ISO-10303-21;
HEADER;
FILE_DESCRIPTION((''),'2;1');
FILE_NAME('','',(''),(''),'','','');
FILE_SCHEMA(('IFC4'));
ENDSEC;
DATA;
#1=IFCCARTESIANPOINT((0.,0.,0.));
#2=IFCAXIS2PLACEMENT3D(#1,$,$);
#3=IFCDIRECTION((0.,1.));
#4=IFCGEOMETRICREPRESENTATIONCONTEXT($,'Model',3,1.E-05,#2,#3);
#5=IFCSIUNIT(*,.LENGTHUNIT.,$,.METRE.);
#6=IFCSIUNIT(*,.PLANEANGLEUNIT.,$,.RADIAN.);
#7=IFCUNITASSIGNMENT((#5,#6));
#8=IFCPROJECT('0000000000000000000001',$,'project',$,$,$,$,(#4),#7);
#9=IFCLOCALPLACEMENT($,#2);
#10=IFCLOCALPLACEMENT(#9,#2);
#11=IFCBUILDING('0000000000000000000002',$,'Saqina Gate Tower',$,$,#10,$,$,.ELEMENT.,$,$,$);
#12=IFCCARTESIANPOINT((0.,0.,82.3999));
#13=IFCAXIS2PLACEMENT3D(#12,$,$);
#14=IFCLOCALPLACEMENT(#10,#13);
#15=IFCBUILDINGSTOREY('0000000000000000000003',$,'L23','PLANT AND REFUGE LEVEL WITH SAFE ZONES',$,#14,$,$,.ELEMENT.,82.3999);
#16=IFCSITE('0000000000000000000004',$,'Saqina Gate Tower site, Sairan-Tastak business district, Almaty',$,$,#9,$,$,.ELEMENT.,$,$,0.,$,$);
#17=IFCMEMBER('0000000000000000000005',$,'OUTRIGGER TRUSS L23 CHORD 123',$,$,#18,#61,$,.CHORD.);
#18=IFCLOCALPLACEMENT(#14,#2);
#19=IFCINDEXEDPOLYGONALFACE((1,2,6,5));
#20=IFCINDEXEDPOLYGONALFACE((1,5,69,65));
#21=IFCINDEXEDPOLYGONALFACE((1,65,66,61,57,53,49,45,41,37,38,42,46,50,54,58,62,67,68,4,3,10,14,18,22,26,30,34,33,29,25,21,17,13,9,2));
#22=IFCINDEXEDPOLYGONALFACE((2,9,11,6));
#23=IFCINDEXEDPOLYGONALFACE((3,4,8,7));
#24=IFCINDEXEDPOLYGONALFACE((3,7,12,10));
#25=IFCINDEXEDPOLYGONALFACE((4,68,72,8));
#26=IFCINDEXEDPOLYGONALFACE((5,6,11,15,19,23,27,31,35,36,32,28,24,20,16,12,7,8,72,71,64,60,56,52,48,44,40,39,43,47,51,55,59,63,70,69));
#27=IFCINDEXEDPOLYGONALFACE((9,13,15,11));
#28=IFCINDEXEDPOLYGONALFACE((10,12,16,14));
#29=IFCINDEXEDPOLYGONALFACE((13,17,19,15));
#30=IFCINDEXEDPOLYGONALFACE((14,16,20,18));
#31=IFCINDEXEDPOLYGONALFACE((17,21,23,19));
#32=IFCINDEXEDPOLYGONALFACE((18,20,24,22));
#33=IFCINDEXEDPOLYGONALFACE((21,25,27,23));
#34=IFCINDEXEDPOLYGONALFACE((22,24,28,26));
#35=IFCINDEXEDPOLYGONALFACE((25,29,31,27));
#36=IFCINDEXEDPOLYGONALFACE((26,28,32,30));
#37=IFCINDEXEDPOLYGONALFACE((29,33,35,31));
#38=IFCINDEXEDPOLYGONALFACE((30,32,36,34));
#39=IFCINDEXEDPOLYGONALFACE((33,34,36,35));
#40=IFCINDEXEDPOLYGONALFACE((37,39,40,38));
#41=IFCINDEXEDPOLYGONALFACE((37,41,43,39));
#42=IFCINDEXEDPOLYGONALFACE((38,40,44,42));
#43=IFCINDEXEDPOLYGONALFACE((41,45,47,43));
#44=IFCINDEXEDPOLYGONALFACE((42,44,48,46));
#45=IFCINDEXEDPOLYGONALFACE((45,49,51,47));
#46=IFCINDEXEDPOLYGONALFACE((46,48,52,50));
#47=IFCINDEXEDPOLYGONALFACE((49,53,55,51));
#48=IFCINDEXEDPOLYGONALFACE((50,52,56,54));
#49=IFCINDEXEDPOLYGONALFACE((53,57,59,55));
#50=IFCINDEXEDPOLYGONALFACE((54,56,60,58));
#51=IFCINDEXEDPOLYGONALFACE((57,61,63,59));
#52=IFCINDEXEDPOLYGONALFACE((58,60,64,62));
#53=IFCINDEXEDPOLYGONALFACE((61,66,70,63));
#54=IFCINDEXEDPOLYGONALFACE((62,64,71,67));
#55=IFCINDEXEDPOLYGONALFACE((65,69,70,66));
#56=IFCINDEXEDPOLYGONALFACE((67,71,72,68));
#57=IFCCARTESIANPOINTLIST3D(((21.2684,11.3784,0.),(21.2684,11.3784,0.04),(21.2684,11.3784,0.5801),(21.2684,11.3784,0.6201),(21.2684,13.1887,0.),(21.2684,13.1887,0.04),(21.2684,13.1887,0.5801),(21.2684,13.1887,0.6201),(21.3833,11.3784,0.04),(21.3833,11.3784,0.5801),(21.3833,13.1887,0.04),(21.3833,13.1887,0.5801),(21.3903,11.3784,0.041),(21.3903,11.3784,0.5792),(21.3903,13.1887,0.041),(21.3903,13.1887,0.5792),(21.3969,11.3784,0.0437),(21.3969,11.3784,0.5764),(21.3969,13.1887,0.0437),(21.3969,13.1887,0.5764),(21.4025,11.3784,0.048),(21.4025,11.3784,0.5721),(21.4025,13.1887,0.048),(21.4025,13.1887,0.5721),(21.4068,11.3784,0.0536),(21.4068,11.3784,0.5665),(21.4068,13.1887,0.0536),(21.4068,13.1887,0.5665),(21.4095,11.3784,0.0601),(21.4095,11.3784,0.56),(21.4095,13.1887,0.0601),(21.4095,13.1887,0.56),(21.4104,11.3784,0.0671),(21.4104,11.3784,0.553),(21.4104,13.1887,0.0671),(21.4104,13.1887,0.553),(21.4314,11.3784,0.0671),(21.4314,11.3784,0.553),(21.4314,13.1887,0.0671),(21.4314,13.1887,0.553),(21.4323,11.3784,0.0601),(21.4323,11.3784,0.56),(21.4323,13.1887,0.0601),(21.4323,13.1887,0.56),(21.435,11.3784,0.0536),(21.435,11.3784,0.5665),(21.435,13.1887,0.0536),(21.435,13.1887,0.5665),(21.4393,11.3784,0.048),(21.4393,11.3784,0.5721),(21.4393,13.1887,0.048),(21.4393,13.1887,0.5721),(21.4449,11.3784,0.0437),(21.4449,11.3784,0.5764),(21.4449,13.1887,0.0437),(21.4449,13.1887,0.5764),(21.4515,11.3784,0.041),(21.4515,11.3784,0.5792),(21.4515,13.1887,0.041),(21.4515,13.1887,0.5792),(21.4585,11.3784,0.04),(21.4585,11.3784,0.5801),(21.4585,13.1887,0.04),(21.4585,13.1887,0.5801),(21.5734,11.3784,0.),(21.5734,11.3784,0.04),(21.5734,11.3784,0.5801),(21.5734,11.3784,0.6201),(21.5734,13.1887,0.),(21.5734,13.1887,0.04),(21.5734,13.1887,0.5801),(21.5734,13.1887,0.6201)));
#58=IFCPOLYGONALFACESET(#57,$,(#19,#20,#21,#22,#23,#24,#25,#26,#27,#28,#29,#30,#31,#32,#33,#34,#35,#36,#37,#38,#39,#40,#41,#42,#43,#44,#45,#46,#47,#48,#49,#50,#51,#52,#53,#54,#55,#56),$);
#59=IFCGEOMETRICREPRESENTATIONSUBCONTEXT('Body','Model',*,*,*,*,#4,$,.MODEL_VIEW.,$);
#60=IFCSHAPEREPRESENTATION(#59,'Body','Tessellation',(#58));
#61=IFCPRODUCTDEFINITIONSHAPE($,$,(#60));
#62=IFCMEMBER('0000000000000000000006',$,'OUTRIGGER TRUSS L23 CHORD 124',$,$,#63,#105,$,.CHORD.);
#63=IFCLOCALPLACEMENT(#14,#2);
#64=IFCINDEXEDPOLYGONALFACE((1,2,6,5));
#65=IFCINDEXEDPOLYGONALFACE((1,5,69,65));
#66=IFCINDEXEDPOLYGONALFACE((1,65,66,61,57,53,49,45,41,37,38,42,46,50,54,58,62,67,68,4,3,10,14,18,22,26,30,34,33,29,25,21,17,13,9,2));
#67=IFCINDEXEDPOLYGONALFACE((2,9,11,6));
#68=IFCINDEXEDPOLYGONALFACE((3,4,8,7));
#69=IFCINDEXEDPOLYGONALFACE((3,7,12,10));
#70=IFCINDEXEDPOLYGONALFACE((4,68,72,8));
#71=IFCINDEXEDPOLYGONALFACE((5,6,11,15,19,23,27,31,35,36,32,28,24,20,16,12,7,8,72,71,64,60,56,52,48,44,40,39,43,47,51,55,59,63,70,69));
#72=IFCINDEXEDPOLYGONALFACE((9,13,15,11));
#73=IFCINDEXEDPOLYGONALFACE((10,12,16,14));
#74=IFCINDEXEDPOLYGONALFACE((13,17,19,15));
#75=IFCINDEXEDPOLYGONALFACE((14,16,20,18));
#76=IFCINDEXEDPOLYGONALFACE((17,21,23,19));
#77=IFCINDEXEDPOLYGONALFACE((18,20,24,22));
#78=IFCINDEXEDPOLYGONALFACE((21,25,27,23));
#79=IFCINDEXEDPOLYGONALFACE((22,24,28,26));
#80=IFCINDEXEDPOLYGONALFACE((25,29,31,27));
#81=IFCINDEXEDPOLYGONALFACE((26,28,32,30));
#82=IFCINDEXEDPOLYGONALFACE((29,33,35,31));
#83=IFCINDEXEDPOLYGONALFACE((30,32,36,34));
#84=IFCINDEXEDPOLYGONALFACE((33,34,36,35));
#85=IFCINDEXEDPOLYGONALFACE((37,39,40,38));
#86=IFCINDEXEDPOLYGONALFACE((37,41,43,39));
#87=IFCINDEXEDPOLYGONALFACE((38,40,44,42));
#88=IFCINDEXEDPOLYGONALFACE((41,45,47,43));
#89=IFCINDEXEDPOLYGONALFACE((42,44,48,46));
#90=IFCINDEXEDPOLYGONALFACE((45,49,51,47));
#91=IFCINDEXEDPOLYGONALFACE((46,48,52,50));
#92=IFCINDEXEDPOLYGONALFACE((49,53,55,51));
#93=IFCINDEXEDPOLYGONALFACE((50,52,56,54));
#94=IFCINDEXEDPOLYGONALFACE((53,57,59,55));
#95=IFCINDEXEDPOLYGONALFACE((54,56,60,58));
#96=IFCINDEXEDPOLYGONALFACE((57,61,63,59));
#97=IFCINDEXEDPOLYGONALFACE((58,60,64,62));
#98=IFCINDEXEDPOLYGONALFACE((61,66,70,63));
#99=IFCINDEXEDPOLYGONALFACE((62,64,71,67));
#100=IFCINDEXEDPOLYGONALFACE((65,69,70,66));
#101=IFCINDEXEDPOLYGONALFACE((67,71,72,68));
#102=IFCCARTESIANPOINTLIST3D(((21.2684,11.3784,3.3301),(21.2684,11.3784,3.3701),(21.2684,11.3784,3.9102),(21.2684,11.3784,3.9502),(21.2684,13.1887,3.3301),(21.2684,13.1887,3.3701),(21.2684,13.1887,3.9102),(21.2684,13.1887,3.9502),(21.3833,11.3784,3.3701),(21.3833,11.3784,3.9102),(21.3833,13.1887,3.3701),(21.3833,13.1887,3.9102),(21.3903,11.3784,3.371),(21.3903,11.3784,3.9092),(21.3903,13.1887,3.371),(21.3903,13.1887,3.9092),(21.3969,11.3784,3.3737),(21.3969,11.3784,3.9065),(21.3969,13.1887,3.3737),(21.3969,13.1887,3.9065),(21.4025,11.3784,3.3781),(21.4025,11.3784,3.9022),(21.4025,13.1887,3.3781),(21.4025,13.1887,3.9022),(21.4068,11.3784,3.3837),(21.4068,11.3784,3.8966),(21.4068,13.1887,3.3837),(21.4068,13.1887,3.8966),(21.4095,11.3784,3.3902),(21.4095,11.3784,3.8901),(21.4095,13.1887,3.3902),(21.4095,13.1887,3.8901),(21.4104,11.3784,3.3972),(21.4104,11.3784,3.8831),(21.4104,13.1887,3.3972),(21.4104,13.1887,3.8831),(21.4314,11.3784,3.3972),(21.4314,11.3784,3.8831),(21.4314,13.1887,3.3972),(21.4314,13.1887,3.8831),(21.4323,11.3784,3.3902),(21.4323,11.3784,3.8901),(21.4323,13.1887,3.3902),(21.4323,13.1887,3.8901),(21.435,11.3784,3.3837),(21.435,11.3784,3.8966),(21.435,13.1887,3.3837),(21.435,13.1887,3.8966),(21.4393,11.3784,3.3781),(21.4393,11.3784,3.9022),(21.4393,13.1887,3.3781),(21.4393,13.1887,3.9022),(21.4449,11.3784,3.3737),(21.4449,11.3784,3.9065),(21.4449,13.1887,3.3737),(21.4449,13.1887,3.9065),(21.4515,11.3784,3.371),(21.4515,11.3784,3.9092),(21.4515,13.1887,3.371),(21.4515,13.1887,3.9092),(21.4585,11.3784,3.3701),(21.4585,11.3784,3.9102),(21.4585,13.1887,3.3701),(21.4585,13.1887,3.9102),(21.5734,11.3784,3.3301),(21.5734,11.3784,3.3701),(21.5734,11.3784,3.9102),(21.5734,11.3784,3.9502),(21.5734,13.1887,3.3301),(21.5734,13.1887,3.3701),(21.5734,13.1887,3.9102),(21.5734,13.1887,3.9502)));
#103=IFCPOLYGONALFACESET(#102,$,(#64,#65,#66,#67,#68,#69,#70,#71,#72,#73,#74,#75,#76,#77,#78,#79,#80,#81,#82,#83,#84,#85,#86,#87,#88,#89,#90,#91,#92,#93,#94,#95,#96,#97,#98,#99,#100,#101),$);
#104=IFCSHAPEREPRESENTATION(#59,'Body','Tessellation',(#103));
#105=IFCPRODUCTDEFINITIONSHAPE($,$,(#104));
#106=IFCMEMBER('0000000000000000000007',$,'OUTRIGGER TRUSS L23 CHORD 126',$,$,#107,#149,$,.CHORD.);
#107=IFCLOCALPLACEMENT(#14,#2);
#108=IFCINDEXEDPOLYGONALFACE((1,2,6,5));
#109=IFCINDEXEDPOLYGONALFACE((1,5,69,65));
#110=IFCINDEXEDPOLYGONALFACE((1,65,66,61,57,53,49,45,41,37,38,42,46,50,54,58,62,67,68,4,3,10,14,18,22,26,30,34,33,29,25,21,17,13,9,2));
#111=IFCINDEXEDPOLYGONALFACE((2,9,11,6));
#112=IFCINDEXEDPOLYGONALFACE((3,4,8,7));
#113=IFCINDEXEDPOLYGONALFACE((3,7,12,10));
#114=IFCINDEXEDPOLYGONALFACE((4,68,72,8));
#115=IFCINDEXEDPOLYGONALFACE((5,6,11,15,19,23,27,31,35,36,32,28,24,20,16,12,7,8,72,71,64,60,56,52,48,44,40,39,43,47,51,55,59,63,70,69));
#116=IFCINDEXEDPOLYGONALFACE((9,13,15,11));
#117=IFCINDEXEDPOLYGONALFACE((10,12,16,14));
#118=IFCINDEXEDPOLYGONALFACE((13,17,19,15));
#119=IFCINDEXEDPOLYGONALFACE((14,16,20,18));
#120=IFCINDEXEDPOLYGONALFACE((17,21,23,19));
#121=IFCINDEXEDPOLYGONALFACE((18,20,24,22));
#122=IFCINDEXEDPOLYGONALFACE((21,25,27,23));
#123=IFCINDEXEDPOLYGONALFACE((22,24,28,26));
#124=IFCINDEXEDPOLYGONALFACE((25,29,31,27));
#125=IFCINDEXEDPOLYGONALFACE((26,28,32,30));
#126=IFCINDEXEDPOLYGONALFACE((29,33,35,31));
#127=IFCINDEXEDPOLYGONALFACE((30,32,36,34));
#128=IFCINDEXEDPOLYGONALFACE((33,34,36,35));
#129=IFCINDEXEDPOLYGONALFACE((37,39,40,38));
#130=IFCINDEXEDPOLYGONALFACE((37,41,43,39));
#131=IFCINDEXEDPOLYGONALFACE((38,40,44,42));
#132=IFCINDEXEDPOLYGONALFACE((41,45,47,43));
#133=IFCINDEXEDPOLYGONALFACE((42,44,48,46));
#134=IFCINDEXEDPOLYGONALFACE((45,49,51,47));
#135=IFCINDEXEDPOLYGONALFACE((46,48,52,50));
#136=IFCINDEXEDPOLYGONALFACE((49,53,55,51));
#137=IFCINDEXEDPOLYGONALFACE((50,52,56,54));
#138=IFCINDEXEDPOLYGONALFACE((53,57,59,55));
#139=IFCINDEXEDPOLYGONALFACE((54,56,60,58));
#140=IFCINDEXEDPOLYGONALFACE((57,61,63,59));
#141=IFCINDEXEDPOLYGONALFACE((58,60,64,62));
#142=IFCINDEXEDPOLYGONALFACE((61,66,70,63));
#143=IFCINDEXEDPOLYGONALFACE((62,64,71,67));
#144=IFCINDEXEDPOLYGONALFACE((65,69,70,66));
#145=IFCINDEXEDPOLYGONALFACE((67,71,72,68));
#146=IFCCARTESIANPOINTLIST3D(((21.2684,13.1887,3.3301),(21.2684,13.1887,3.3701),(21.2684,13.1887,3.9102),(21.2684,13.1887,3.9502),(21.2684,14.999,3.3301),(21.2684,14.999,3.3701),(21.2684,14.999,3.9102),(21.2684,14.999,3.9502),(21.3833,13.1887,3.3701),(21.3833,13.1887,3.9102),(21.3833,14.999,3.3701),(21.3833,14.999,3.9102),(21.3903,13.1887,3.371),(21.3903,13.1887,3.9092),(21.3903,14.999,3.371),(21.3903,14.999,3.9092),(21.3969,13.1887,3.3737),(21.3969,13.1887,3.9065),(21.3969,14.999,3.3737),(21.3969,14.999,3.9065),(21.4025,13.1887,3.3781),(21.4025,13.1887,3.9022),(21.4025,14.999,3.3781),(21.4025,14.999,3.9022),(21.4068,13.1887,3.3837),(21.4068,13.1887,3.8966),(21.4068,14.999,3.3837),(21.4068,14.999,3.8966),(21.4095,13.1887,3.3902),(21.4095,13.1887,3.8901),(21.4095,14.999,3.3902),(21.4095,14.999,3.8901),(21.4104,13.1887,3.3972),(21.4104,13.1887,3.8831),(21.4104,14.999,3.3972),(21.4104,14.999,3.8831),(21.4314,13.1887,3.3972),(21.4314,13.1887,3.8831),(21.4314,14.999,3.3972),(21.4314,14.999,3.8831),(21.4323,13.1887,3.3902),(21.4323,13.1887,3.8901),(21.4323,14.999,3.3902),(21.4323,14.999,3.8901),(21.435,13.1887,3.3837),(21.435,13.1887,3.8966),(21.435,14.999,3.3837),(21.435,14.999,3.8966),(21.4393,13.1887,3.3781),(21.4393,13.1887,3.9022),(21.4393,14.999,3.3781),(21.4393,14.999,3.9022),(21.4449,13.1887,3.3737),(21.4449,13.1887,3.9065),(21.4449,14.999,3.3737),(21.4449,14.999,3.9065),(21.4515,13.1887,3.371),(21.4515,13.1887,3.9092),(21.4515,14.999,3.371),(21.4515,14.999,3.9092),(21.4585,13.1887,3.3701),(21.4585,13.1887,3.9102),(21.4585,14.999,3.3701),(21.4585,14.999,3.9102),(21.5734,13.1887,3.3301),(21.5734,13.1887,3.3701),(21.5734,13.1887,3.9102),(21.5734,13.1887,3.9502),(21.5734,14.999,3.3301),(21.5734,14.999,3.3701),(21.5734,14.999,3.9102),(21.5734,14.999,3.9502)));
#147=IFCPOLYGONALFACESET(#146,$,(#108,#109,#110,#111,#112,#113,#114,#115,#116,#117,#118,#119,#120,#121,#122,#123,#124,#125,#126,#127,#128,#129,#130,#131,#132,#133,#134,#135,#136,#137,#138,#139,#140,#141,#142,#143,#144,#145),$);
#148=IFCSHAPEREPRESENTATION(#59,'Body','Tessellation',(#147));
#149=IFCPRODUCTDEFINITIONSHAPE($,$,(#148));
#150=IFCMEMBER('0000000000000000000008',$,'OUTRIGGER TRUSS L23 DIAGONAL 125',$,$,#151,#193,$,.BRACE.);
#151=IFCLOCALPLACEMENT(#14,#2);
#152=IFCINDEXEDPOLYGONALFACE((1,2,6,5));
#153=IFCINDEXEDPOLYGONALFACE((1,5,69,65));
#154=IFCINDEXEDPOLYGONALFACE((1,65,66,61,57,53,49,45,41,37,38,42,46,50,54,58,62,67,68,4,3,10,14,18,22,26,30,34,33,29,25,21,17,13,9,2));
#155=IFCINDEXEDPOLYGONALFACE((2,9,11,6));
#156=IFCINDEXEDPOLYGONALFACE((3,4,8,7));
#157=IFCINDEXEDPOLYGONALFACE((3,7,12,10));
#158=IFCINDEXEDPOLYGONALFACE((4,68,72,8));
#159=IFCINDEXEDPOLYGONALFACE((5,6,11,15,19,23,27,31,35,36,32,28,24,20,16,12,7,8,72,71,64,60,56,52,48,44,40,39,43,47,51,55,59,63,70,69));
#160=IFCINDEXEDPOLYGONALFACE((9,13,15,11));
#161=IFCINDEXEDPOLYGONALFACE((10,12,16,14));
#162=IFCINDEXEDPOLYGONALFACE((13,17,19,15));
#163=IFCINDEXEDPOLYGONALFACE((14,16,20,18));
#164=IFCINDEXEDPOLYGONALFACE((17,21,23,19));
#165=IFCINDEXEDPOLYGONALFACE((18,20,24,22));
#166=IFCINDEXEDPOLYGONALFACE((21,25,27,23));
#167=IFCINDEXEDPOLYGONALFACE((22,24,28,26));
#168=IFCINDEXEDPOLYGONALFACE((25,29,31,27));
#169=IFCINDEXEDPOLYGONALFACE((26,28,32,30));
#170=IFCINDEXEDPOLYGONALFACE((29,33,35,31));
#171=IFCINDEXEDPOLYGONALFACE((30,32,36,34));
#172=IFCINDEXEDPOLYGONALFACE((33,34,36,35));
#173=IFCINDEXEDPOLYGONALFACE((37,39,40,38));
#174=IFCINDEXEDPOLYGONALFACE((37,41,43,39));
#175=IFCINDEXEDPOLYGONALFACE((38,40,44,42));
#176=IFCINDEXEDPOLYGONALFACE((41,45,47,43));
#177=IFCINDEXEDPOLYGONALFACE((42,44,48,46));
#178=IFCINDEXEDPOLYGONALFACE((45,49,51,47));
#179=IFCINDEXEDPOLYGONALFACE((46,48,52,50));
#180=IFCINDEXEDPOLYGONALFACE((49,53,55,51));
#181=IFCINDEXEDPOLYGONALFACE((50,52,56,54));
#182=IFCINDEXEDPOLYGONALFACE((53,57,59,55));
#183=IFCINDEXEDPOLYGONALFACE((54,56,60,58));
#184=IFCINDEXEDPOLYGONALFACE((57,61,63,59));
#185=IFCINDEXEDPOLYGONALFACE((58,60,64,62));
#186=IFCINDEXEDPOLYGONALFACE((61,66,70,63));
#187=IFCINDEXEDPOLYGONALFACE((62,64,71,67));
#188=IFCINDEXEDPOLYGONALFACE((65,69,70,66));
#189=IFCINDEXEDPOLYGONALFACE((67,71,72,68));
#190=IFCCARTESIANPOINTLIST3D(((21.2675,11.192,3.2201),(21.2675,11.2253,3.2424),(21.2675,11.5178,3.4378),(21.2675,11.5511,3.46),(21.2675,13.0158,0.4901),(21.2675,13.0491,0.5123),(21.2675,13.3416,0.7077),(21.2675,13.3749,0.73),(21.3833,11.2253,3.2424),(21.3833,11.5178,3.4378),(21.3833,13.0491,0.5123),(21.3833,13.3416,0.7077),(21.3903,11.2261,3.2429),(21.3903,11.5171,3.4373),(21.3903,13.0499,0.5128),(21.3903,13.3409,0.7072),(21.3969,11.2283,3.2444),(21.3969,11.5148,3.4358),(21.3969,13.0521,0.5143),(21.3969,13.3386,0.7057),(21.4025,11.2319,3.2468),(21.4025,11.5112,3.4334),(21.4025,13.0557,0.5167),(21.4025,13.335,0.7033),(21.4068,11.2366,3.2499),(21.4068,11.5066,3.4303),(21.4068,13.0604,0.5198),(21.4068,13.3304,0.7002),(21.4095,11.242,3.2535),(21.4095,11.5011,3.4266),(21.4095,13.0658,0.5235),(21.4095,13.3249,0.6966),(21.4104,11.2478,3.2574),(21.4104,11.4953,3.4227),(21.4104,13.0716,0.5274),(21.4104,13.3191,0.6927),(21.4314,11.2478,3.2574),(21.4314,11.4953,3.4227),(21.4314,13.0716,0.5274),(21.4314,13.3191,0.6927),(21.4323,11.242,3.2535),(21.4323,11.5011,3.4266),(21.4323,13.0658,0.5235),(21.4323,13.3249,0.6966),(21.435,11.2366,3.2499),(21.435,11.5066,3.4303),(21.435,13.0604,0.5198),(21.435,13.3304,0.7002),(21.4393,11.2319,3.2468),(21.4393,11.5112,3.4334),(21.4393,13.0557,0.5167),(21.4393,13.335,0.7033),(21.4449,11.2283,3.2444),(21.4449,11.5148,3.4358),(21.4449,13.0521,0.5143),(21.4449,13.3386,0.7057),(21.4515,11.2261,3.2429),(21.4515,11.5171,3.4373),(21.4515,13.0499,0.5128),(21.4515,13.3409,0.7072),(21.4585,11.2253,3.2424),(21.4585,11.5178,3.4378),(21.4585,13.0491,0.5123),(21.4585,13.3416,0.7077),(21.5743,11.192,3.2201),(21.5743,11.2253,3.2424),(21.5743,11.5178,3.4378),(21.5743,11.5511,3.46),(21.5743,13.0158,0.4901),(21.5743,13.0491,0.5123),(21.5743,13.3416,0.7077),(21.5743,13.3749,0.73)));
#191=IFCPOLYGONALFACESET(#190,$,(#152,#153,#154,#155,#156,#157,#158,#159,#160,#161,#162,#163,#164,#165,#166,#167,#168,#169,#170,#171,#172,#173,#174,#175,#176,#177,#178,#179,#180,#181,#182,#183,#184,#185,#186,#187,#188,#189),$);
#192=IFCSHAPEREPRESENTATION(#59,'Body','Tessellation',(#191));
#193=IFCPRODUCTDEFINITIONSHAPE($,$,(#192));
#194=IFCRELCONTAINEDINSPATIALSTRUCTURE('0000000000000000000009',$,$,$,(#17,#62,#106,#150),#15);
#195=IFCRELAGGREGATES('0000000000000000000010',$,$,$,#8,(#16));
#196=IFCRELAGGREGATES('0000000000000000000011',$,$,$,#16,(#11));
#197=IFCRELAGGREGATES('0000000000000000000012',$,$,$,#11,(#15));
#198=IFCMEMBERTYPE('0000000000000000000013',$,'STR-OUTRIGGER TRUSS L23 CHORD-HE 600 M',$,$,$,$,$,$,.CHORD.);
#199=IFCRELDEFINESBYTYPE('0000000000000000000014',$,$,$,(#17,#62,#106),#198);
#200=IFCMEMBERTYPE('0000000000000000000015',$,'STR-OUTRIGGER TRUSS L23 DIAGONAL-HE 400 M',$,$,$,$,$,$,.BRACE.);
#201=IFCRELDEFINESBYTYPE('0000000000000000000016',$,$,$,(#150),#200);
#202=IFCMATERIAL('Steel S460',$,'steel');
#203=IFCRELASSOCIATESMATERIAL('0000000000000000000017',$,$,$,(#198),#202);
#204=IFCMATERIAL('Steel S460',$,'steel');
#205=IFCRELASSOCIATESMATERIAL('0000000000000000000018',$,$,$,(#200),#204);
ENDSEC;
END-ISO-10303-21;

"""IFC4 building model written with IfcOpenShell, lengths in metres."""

from ifc_helpers import new_model, si_unit, direction, frame, origin, origin_2d, place, context, subcontext, project, spatial, i_section, extrude, material, material_profile, profile_set, type_object, element, save


model = new_model("IFC4")

# Units and contexts
model_context = context("Model", 3, precision=1e-05, world=origin(), true_north=direction((0.0, 1.0)))
body_context = subcontext(model_context, "Body", "Model", "MODEL_VIEW")
ifc_project = project(units=[si_unit("LENGTHUNIT", "METRE"), si_unit("PLANEANGLEUNIT", "RADIAN")], contexts=[model_context])

# Site, building, storey
site_placement = place(None, origin())
site = spatial("IfcSite", under=ifc_project, at=site_placement, Name="Saqina Gate Tower site, Sairan-Tastak business district, Almaty", CompositionType="ELEMENT", RefElevation=0.0)
building_placement = place(site_placement, origin())
building = spatial("IfcBuilding", under=site, at=building_placement, Name="Saqina Gate Tower", CompositionType="ELEMENT")
storey_placement = place(building_placement, frame((0.0, 0.0, 82.3999)))
storey = spatial("IfcBuildingStorey", under=building, at=storey_placement, Name="L23", Description="PLANT AND REFUGE LEVEL WITH SAFE ZONES", CompositionType="ELEMENT", Elevation=82.3999)

# Members
ifc_material_1 = material(Name="Steel S460", Category="steel")
ifc_material_profile_1 = material_profile(ifc_material_1, i_section(OverallWidth=0.3049, OverallDepth=0.6201, WebThickness=0.021, FlangeThickness=0.04, FilletRadius=0.0271, at=origin_2d()), Name="HE 600 M")
ifc_profile_set_1 = profile_set([ifc_material_profile_1], Name="Steel S460")
member_type_1 = type_object("IfcMemberType", Name="STR-OUTRIGGER TRUSS L23 CHORD-HE 600 M", PredefinedType="CHORD", material=ifc_profile_set_1)
for number, where, z_axis, x_axis, name in (
    (1, (21.4209, 11.3784, 0.3101), (0.0, 1.0, 0.0), (-1.0, 0.0, 0.0), "OUTRIGGER TRUSS L23 CHORD 123"),
    (2, (21.4209, 11.3784, 3.6401), (0.0, 1.0, 0.0), (-1.0, 0.0, 0.0), "OUTRIGGER TRUSS L23 CHORD 124"),
    (3, (21.4209, 13.1887, 3.6401), (0.0, 1.0, 0.0), (-1.0, 0.0, 0.0), "OUTRIGGER TRUSS L23 CHORD 126"),
):
    element("IfcMember", number, at=place(storey_placement, frame(where, z_axis=z_axis, x_axis=x_axis)), inside=storey, type_object=member_type_1, Name=name, PredefinedType="CHORD", context=body_context, shape_type="SweptSolid", body=[
        extrude(i_section(OverallWidth=0.3049, OverallDepth=0.6201, WebThickness=0.021, FlangeThickness=0.04, FilletRadius=0.0271, at=origin_2d()), origin(), (0.0, 0.0, 1.0), 1.8103),
    ])
ifc_material_2 = material(Name="Steel S460", Category="steel")
ifc_material_profile_2 = material_profile(ifc_material_2, i_section(OverallWidth=0.3069, OverallDepth=0.4319, WebThickness=0.021, FlangeThickness=0.04, FilletRadius=0.0271, at=origin_2d()), Name="HE 400 M")
ifc_profile_set_2 = profile_set([ifc_material_profile_2], Name="Steel S460")
member_type_2 = type_object("IfcMemberType", Name="STR-OUTRIGGER TRUSS L23 DIAGONAL-HE 400 M", PredefinedType="BRACE", material=ifc_profile_set_2)
member_1_placement = place(storey_placement, frame((21.4209, 11.3716, 3.3401), z_axis=(0.0, 0.555489, -0.831524), x_axis=(-1.0, 0.0, 0.0)))
element("IfcMember", 4, at=member_1_placement, inside=storey, type_object=member_type_2, Name="OUTRIGGER TRUSS L23 DIAGONAL 125", PredefinedType="BRACE", context=body_context, shape_type="SweptSolid", body=[
    extrude(i_section(OverallWidth=0.3069, OverallDepth=0.4319, WebThickness=0.021, FlangeThickness=0.04, FilletRadius=0.0271, at=origin_2d()), origin(), (0.0, 0.0, 1.0), 3.2832),
])

save(model, "model.ifc")
